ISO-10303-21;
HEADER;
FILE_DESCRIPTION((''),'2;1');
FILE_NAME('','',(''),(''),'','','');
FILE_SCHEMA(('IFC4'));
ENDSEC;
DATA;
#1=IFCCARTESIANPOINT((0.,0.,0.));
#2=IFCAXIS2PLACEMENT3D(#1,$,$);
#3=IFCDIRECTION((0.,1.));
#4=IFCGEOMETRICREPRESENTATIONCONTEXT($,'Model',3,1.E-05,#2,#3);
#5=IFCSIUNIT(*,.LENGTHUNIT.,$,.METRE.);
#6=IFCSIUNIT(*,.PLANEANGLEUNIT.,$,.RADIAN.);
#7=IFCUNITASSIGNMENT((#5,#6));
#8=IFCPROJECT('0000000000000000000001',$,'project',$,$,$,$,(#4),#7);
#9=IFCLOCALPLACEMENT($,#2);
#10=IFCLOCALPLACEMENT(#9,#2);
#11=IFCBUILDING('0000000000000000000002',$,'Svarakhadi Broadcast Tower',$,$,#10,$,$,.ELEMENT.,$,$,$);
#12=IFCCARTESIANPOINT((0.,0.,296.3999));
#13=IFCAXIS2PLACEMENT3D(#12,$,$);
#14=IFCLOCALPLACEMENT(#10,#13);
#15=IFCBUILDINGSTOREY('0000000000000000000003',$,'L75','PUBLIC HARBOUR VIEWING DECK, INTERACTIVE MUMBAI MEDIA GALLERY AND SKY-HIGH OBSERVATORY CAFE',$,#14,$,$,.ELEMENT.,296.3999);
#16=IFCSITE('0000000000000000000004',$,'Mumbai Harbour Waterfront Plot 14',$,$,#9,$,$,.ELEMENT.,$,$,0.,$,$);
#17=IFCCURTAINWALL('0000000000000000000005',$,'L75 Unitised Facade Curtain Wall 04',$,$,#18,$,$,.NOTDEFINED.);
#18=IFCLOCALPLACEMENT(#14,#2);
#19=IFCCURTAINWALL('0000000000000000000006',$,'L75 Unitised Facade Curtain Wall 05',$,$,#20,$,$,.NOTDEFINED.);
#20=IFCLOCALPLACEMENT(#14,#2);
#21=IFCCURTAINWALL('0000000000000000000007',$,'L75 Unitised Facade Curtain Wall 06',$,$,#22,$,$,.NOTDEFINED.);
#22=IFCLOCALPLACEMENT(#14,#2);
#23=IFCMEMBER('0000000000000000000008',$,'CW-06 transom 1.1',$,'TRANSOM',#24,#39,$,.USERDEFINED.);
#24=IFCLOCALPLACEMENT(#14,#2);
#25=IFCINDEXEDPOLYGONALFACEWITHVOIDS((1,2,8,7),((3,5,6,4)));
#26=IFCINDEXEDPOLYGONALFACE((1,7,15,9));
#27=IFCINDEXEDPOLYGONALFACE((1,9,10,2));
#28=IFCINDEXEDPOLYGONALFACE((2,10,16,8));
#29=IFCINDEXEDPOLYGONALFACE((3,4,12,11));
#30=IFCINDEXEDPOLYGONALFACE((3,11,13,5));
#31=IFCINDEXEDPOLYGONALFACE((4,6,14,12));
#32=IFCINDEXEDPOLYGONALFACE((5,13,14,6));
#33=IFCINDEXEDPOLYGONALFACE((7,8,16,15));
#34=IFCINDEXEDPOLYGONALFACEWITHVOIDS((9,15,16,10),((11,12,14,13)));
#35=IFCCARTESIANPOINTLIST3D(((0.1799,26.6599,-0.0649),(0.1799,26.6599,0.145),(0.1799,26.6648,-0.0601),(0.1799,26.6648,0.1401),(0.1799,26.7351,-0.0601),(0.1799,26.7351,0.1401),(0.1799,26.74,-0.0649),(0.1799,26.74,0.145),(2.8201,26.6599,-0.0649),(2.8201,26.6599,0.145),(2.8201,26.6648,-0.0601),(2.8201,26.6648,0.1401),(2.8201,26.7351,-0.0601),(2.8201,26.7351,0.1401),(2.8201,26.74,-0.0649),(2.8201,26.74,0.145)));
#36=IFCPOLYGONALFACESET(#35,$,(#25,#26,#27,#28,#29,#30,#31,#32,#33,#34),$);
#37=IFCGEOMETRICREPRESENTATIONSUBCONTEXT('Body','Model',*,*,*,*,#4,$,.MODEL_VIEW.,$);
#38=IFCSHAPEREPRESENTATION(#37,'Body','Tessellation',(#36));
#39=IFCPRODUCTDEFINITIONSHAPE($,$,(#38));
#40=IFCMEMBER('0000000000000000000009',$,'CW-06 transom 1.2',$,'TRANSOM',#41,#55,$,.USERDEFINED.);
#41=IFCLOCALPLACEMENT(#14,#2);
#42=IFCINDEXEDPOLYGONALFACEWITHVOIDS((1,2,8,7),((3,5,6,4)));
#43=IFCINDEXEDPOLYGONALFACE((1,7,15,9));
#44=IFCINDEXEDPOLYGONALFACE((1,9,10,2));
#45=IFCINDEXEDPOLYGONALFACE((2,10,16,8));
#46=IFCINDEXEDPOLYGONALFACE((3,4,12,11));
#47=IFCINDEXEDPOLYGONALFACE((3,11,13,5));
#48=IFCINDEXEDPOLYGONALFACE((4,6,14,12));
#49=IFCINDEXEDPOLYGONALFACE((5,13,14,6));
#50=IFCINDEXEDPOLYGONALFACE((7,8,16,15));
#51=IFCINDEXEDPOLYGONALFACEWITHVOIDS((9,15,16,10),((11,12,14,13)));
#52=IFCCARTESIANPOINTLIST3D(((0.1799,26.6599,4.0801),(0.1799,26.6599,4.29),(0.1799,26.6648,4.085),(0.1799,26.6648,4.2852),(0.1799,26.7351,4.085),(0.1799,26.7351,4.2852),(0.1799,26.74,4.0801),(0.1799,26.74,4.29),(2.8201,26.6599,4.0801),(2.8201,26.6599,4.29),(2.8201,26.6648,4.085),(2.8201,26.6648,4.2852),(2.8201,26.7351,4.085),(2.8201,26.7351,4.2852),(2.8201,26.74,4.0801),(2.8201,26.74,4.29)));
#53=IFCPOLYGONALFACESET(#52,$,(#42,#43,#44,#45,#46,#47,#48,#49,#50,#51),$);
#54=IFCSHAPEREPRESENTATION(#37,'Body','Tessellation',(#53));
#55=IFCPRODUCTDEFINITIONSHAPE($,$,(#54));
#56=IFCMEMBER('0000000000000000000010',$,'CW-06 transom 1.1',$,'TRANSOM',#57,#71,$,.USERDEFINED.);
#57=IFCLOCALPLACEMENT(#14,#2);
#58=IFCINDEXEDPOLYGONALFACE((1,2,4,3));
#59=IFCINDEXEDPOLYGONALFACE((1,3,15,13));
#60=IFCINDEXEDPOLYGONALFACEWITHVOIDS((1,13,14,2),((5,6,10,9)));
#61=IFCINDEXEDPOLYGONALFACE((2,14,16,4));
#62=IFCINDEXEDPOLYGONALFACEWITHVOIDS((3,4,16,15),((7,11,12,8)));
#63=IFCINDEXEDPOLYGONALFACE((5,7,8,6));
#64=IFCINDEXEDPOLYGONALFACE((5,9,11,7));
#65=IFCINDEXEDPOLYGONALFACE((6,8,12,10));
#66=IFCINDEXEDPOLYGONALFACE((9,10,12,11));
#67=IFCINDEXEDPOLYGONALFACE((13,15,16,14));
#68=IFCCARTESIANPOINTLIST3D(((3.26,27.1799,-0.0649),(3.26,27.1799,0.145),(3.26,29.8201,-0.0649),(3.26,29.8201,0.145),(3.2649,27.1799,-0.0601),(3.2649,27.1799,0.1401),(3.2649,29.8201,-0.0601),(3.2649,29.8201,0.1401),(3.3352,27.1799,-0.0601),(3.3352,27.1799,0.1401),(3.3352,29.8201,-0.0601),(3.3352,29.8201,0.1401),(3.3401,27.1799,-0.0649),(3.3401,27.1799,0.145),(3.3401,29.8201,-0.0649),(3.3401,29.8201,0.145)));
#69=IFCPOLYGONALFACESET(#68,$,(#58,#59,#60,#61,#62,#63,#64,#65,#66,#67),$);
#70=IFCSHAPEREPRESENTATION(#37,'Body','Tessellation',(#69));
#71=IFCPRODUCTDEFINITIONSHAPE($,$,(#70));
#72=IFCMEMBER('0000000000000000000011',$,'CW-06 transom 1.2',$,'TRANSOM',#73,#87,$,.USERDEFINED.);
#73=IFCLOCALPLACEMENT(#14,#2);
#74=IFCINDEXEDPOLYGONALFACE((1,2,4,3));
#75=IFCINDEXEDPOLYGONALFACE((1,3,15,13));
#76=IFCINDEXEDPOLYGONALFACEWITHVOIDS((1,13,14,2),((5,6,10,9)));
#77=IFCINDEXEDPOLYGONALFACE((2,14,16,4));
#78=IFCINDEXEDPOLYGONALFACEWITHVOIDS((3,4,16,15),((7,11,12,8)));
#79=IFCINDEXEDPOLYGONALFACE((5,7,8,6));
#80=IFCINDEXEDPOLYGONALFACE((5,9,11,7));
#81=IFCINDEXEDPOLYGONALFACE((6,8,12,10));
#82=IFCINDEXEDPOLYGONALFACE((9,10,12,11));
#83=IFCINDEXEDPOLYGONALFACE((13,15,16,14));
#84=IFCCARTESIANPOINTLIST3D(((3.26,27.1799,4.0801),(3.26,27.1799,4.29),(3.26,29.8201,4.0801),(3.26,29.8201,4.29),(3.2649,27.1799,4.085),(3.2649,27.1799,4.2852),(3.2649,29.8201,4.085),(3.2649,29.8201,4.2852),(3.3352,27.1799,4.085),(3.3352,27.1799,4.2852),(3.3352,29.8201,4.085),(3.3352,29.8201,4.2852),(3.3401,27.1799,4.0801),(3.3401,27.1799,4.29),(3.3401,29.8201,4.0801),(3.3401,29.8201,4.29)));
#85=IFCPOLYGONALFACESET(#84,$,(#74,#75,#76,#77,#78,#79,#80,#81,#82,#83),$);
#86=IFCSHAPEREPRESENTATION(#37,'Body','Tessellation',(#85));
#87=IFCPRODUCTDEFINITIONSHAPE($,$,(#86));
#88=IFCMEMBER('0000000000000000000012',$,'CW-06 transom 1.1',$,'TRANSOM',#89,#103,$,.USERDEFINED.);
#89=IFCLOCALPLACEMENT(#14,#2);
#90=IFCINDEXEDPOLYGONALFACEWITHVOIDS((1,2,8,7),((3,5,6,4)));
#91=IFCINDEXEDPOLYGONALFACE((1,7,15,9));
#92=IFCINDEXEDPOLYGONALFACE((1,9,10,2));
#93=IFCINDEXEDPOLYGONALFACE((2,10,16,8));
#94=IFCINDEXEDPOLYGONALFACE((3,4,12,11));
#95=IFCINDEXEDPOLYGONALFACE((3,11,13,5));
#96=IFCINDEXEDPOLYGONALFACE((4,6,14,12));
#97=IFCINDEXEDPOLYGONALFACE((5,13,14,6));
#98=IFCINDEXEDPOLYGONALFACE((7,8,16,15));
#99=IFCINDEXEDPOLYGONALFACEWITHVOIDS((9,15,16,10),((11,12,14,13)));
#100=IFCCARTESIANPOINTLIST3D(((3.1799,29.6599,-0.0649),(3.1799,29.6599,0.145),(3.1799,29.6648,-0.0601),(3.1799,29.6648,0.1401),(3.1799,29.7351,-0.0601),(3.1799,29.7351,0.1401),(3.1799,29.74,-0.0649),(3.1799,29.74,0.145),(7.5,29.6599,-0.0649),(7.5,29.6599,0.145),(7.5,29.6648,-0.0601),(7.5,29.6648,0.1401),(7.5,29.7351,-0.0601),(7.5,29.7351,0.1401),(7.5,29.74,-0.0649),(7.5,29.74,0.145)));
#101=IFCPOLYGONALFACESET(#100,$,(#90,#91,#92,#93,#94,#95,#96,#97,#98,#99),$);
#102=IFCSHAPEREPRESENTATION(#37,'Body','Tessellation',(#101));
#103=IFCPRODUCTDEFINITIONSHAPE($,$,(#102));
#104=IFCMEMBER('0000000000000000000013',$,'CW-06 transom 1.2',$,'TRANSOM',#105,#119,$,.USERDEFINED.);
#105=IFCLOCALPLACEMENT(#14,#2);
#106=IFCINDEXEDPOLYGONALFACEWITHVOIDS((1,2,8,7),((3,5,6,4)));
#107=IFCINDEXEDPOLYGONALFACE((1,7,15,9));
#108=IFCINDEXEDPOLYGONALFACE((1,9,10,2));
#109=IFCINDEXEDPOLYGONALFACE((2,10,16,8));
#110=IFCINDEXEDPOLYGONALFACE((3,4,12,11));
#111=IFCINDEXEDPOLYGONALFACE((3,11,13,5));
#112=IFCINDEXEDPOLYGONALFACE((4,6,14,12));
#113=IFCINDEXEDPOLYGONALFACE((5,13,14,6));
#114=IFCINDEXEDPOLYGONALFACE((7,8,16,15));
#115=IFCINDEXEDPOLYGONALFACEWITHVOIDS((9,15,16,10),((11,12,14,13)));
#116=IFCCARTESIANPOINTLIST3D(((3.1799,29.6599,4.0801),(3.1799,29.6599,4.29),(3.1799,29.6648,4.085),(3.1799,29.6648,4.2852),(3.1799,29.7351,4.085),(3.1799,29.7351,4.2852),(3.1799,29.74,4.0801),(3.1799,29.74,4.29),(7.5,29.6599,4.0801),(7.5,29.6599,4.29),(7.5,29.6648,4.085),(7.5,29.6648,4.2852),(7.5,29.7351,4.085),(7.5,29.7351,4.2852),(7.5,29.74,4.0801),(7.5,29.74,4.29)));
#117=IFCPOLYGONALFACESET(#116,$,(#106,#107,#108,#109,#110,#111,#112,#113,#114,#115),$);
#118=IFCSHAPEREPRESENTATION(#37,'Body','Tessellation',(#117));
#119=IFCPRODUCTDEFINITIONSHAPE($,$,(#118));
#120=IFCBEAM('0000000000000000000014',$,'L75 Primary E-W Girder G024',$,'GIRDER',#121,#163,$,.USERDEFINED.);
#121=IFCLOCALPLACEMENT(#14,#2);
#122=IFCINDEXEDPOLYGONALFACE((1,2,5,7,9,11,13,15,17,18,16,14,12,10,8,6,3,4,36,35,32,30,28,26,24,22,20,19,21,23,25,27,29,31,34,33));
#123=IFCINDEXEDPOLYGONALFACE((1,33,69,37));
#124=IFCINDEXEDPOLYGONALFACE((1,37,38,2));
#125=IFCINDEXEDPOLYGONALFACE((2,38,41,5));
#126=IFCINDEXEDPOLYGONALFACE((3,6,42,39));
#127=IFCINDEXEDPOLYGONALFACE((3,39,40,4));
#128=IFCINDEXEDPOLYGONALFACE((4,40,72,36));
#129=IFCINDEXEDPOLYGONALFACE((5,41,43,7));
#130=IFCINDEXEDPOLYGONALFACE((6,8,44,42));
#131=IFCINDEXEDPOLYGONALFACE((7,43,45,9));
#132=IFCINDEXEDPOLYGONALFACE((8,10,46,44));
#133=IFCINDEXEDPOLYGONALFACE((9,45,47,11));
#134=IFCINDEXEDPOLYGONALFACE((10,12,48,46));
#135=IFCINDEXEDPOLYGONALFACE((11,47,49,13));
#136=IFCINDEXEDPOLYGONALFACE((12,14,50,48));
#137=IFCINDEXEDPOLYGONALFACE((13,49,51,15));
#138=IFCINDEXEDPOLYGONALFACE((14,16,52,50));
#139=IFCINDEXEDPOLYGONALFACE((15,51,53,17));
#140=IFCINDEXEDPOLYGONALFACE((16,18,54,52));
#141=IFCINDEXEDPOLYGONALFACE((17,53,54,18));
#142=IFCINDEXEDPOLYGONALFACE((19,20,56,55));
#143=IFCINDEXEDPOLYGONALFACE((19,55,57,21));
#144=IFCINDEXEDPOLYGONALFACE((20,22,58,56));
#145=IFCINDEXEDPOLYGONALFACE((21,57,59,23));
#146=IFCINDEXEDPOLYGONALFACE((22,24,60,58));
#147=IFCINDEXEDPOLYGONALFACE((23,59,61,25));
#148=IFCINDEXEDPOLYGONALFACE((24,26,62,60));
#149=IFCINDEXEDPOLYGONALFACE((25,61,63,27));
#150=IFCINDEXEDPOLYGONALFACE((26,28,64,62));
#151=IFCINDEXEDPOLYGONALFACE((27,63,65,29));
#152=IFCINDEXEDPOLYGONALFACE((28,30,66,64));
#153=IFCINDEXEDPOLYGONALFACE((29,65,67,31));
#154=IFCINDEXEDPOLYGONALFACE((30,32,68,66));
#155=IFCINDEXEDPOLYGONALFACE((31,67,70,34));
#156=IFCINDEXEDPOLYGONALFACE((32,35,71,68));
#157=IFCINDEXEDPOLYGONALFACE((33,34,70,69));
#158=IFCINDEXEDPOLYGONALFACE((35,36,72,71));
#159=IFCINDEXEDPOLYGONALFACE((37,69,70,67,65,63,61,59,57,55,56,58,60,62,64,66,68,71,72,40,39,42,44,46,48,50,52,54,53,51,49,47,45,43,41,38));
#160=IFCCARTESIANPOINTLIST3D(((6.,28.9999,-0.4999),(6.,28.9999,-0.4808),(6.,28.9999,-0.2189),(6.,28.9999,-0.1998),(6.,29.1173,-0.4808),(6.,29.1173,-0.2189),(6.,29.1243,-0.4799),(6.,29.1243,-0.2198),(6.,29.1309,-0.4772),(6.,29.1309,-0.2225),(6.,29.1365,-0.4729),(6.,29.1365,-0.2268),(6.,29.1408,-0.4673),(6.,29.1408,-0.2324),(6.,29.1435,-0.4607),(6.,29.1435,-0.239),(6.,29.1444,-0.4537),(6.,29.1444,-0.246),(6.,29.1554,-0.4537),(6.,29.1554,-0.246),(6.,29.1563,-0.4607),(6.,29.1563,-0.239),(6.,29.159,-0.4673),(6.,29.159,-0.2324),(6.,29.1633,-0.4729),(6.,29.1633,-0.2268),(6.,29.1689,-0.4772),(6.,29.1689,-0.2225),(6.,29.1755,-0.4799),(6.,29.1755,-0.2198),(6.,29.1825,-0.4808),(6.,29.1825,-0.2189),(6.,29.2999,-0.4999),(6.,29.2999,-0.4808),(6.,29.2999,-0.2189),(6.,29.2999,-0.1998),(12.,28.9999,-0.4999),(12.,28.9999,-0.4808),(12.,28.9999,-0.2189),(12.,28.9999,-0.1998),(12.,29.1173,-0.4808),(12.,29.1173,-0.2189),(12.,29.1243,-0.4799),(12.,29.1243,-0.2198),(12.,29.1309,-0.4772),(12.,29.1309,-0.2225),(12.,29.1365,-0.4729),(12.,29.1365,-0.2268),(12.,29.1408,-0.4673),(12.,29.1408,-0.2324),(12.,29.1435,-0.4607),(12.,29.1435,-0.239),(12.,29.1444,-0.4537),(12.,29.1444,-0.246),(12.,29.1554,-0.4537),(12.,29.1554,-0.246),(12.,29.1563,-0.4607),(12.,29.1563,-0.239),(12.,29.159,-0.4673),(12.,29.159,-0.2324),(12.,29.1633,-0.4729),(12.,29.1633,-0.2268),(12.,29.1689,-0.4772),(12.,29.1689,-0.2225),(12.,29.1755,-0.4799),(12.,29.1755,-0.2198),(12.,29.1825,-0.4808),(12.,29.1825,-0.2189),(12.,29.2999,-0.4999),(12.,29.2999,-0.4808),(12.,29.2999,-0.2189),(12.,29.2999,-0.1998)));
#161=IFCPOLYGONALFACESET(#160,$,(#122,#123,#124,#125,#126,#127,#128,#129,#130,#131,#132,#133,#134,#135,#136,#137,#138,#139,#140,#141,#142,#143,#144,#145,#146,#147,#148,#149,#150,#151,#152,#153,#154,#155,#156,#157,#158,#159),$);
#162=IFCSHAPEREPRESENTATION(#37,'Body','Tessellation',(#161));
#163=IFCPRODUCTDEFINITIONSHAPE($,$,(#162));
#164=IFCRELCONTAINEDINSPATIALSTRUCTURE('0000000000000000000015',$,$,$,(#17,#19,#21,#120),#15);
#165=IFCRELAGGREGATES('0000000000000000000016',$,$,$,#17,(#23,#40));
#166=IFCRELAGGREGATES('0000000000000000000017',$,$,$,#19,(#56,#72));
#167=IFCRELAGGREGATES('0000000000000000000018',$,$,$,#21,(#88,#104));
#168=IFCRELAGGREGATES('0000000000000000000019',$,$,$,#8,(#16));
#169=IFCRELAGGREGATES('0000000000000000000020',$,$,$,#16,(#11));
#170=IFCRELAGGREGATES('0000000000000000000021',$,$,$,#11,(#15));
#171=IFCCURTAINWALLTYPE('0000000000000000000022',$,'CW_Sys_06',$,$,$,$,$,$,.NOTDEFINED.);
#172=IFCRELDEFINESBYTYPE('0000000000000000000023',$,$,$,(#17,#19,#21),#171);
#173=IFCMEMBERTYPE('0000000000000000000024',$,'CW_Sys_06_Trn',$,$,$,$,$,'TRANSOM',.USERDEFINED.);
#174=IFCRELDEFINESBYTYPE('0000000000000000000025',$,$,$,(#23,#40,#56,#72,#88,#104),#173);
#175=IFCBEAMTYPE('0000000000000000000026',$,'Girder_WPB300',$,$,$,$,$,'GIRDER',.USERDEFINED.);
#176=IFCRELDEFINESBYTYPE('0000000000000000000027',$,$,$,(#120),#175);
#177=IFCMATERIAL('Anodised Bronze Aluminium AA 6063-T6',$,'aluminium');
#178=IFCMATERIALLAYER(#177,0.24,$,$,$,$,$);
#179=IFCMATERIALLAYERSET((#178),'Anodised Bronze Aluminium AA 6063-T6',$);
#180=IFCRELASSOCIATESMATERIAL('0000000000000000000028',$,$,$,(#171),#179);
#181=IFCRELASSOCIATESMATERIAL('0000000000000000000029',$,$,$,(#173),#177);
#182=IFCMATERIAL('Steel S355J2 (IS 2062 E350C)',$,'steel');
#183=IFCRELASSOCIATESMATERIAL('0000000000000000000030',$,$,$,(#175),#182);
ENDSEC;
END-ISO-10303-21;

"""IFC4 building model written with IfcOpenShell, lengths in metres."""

from ifc_helpers import new_model, si_unit, direction, frame, origin, origin_2d, place, context, subcontext, project, spatial, hollow_rectangle, i_section, extrude, material, layer, layer_set, material_profile, profile_set, type_object, element, aggregate, save


model = new_model("IFC4")

# Units and contexts
model_context = context("Model", 3, precision=1e-05, world=origin(), true_north=direction((0.0, 1.0)))
body_context = subcontext(model_context, "Body", "Model", "MODEL_VIEW")
ifc_project = project(units=[si_unit("LENGTHUNIT", "METRE"), si_unit("PLANEANGLEUNIT", "RADIAN")], contexts=[model_context])

# Site, building, storey
site_placement = place(None, origin())
site = spatial("IfcSite", under=ifc_project, at=site_placement, Name="Mumbai Harbour Waterfront Plot 14", CompositionType="ELEMENT", RefElevation=0.0)
building_placement = place(site_placement, origin())
building = spatial("IfcBuilding", under=site, at=building_placement, Name="Svarakhadi Broadcast Tower", CompositionType="ELEMENT")
storey_placement = place(building_placement, frame((0.0, 0.0, 296.3999)))
storey = spatial("IfcBuildingStorey", under=building, at=storey_placement, Name="L75", Description="PUBLIC HARBOUR VIEWING DECK, INTERACTIVE MUMBAI MEDIA GALLERY AND SKY-HIGH OBSERVATORY CAFE", CompositionType="ELEMENT", Elevation=296.3999)

# Shared definitions
ifc_material_1 = material(Name="Anodised Bronze Aluminium AA 6063-T6", Category="aluminium")
ifc_layer_1 = layer(ifc_material_1, 0.24)
ifc_layer_set_1 = layer_set([ifc_layer_1], Name="Anodised Bronze Aluminium AA 6063-T6")
curtain_wall_type = type_object("IfcCurtainWallType", Name="CW_Sys_06", PredefinedType="NOTDEFINED", material=ifc_layer_set_1)

# Curtain walls
curtain_wall_1_placement = place(storey_placement, origin())
curtain_wall_1 = element("IfcCurtainWall", 1, at=curtain_wall_1_placement, inside=storey, type_object=curtain_wall_type, Name="L75 Unitised Facade Curtain Wall 04", PredefinedType="NOTDEFINED")
curtain_wall_2_placement = place(storey_placement, origin())
curtain_wall_2 = element("IfcCurtainWall", 2, at=curtain_wall_2_placement, inside=storey, type_object=curtain_wall_type, Name="L75 Unitised Facade Curtain Wall 05", PredefinedType="NOTDEFINED")

# Curtain wall
curtain_wall_3_placement = place(storey_placement, origin())
curtain_wall_3 = element("IfcCurtainWall", 3, at=curtain_wall_3_placement, inside=storey, type_object=curtain_wall_type, Name="L75 Unitised Facade Curtain Wall 06", PredefinedType="NOTDEFINED")

# Members
ifc_material_profile_1 = material_profile(ifc_material_1, hollow_rectangle(XDim=0.0801, YDim=0.21, WallThickness=0.0049, at=origin_2d()), Name="ALU TRANSOM 210x80x5")
ifc_profile_set_1 = profile_set([ifc_material_profile_1], Name="Anodised Bronze Aluminium AA 6063-T6")
member_type_1 = type_object("IfcMemberType", Name="CW_Sys_06_Trn", ElementType="TRANSOM", PredefinedType="USERDEFINED", material=ifc_profile_set_1)
member_1_placement = place(storey_placement, frame((0.1799, 26.7, 0.04), z_axis=(1.0, 0.0, 0.0), x_axis=(0.0, 1.0, 0.0)))
member_1 = element("IfcMember", 4, at=member_1_placement, type_object=member_type_1, Name="CW-06 transom 1.1", ObjectType="TRANSOM", PredefinedType="USERDEFINED", context=body_context, shape_type="SweptSolid", body=[
    extrude(hollow_rectangle(XDim=0.0801, YDim=0.21, WallThickness=0.0049, at=origin_2d()), origin(), (0.0, 0.0, 1.0), 2.6401),
])
member_2_placement = place(storey_placement, frame((0.1799, 26.7, 4.1851), z_axis=(1.0, 0.0, 0.0), x_axis=(0.0, 1.0, 0.0)))
member_2 = element("IfcMember", 5, at=member_2_placement, type_object=member_type_1, Name="CW-06 transom 1.2", ObjectType="TRANSOM", PredefinedType="USERDEFINED", context=body_context, shape_type="SweptSolid", body=[
    extrude(hollow_rectangle(XDim=0.0801, YDim=0.21, WallThickness=0.0049, at=origin_2d()), origin(), (0.0, 0.0, 1.0), 2.6401),
])
member_3_placement = place(storey_placement, frame((3.3, 27.1799, 0.04), z_axis=(0.0, 1.0, 0.0), x_axis=(-1.0, 0.0, 0.0)))
member_3 = element("IfcMember", 6, at=member_3_placement, type_object=member_type_1, Name="CW-06 transom 1.1", ObjectType="TRANSOM", PredefinedType="USERDEFINED", context=body_context, shape_type="SweptSolid", body=[
    extrude(hollow_rectangle(XDim=0.0801, YDim=0.21, WallThickness=0.0049, at=origin_2d()), origin(), (0.0, 0.0, 1.0), 2.6401),
])
member_4_placement = place(storey_placement, frame((3.3, 27.1799, 4.1851), z_axis=(0.0, 1.0, 0.0), x_axis=(-1.0, 0.0, 0.0)))
member_4 = element("IfcMember", 7, at=member_4_placement, type_object=member_type_1, Name="CW-06 transom 1.2", ObjectType="TRANSOM", PredefinedType="USERDEFINED", context=body_context, shape_type="SweptSolid", body=[
    extrude(hollow_rectangle(XDim=0.0801, YDim=0.21, WallThickness=0.0049, at=origin_2d()), origin(), (0.0, 0.0, 1.0), 2.6401),
])
member_5_placement = place(storey_placement, frame((3.1799, 29.7, 0.04), z_axis=(1.0, 0.0, 0.0), x_axis=(0.0, 1.0, 0.0)))
member_5 = element("IfcMember", 8, at=member_5_placement, type_object=member_type_1, Name="CW-06 transom 1.1", ObjectType="TRANSOM", PredefinedType="USERDEFINED", context=body_context, shape_type="SweptSolid", body=[
    extrude(hollow_rectangle(XDim=0.0801, YDim=0.21, WallThickness=0.0049, at=origin_2d()), origin(), (0.0, 0.0, 1.0), 4.3201),
])
member_6_placement = place(storey_placement, frame((3.1799, 29.7, 4.1851), z_axis=(1.0, 0.0, 0.0), x_axis=(0.0, 1.0, 0.0)))
member_6 = element("IfcMember", 9, at=member_6_placement, type_object=member_type_1, Name="CW-06 transom 1.2", ObjectType="TRANSOM", PredefinedType="USERDEFINED", context=body_context, shape_type="SweptSolid", body=[
    extrude(hollow_rectangle(XDim=0.0801, YDim=0.21, WallThickness=0.0049, at=origin_2d()), origin(), (0.0, 0.0, 1.0), 4.3201),
])

# Beam
ifc_material_2 = material(Name="Steel S355J2 (IS 2062 E350C)", Category="steel")
ifc_material_profile_2 = material_profile(ifc_material_2, i_section(OverallWidth=0.3, OverallDepth=0.3, WebThickness=0.011, FlangeThickness=0.019, FilletRadius=0.0271, at=origin_2d()), Name="WPB 300x300x117")
ifc_profile_set_2 = profile_set([ifc_material_profile_2], Name="Steel S355J2 (IS 2062 E350C)")
beam_type_1 = type_object("IfcBeamType", Name="Girder_WPB300", ElementType="GIRDER", PredefinedType="USERDEFINED", material=ifc_profile_set_2)
beam_1_placement = place(storey_placement, frame((6.0, 29.1499, -0.3499), z_axis=(1.0, 0.0, 0.0), x_axis=(0.0, 1.0, 0.0)))
element("IfcBeam", 10, at=beam_1_placement, inside=storey, type_object=beam_type_1, Name="L75 Primary E-W Girder G024", ObjectType="GIRDER", PredefinedType="USERDEFINED", context=body_context, shape_type="SweptSolid", body=[
    extrude(i_section(OverallWidth=0.3, OverallDepth=0.3, WebThickness=0.011, FlangeThickness=0.019, FilletRadius=0.0271, at=origin_2d()), origin(), (0.0, 0.0, 1.0), 6.0),
])

aggregate(curtain_wall_1, [member_1, member_2])
aggregate(curtain_wall_2, [member_3, member_4])
aggregate(curtain_wall_3, [member_5, member_6])

save(model, "model.ifc")
